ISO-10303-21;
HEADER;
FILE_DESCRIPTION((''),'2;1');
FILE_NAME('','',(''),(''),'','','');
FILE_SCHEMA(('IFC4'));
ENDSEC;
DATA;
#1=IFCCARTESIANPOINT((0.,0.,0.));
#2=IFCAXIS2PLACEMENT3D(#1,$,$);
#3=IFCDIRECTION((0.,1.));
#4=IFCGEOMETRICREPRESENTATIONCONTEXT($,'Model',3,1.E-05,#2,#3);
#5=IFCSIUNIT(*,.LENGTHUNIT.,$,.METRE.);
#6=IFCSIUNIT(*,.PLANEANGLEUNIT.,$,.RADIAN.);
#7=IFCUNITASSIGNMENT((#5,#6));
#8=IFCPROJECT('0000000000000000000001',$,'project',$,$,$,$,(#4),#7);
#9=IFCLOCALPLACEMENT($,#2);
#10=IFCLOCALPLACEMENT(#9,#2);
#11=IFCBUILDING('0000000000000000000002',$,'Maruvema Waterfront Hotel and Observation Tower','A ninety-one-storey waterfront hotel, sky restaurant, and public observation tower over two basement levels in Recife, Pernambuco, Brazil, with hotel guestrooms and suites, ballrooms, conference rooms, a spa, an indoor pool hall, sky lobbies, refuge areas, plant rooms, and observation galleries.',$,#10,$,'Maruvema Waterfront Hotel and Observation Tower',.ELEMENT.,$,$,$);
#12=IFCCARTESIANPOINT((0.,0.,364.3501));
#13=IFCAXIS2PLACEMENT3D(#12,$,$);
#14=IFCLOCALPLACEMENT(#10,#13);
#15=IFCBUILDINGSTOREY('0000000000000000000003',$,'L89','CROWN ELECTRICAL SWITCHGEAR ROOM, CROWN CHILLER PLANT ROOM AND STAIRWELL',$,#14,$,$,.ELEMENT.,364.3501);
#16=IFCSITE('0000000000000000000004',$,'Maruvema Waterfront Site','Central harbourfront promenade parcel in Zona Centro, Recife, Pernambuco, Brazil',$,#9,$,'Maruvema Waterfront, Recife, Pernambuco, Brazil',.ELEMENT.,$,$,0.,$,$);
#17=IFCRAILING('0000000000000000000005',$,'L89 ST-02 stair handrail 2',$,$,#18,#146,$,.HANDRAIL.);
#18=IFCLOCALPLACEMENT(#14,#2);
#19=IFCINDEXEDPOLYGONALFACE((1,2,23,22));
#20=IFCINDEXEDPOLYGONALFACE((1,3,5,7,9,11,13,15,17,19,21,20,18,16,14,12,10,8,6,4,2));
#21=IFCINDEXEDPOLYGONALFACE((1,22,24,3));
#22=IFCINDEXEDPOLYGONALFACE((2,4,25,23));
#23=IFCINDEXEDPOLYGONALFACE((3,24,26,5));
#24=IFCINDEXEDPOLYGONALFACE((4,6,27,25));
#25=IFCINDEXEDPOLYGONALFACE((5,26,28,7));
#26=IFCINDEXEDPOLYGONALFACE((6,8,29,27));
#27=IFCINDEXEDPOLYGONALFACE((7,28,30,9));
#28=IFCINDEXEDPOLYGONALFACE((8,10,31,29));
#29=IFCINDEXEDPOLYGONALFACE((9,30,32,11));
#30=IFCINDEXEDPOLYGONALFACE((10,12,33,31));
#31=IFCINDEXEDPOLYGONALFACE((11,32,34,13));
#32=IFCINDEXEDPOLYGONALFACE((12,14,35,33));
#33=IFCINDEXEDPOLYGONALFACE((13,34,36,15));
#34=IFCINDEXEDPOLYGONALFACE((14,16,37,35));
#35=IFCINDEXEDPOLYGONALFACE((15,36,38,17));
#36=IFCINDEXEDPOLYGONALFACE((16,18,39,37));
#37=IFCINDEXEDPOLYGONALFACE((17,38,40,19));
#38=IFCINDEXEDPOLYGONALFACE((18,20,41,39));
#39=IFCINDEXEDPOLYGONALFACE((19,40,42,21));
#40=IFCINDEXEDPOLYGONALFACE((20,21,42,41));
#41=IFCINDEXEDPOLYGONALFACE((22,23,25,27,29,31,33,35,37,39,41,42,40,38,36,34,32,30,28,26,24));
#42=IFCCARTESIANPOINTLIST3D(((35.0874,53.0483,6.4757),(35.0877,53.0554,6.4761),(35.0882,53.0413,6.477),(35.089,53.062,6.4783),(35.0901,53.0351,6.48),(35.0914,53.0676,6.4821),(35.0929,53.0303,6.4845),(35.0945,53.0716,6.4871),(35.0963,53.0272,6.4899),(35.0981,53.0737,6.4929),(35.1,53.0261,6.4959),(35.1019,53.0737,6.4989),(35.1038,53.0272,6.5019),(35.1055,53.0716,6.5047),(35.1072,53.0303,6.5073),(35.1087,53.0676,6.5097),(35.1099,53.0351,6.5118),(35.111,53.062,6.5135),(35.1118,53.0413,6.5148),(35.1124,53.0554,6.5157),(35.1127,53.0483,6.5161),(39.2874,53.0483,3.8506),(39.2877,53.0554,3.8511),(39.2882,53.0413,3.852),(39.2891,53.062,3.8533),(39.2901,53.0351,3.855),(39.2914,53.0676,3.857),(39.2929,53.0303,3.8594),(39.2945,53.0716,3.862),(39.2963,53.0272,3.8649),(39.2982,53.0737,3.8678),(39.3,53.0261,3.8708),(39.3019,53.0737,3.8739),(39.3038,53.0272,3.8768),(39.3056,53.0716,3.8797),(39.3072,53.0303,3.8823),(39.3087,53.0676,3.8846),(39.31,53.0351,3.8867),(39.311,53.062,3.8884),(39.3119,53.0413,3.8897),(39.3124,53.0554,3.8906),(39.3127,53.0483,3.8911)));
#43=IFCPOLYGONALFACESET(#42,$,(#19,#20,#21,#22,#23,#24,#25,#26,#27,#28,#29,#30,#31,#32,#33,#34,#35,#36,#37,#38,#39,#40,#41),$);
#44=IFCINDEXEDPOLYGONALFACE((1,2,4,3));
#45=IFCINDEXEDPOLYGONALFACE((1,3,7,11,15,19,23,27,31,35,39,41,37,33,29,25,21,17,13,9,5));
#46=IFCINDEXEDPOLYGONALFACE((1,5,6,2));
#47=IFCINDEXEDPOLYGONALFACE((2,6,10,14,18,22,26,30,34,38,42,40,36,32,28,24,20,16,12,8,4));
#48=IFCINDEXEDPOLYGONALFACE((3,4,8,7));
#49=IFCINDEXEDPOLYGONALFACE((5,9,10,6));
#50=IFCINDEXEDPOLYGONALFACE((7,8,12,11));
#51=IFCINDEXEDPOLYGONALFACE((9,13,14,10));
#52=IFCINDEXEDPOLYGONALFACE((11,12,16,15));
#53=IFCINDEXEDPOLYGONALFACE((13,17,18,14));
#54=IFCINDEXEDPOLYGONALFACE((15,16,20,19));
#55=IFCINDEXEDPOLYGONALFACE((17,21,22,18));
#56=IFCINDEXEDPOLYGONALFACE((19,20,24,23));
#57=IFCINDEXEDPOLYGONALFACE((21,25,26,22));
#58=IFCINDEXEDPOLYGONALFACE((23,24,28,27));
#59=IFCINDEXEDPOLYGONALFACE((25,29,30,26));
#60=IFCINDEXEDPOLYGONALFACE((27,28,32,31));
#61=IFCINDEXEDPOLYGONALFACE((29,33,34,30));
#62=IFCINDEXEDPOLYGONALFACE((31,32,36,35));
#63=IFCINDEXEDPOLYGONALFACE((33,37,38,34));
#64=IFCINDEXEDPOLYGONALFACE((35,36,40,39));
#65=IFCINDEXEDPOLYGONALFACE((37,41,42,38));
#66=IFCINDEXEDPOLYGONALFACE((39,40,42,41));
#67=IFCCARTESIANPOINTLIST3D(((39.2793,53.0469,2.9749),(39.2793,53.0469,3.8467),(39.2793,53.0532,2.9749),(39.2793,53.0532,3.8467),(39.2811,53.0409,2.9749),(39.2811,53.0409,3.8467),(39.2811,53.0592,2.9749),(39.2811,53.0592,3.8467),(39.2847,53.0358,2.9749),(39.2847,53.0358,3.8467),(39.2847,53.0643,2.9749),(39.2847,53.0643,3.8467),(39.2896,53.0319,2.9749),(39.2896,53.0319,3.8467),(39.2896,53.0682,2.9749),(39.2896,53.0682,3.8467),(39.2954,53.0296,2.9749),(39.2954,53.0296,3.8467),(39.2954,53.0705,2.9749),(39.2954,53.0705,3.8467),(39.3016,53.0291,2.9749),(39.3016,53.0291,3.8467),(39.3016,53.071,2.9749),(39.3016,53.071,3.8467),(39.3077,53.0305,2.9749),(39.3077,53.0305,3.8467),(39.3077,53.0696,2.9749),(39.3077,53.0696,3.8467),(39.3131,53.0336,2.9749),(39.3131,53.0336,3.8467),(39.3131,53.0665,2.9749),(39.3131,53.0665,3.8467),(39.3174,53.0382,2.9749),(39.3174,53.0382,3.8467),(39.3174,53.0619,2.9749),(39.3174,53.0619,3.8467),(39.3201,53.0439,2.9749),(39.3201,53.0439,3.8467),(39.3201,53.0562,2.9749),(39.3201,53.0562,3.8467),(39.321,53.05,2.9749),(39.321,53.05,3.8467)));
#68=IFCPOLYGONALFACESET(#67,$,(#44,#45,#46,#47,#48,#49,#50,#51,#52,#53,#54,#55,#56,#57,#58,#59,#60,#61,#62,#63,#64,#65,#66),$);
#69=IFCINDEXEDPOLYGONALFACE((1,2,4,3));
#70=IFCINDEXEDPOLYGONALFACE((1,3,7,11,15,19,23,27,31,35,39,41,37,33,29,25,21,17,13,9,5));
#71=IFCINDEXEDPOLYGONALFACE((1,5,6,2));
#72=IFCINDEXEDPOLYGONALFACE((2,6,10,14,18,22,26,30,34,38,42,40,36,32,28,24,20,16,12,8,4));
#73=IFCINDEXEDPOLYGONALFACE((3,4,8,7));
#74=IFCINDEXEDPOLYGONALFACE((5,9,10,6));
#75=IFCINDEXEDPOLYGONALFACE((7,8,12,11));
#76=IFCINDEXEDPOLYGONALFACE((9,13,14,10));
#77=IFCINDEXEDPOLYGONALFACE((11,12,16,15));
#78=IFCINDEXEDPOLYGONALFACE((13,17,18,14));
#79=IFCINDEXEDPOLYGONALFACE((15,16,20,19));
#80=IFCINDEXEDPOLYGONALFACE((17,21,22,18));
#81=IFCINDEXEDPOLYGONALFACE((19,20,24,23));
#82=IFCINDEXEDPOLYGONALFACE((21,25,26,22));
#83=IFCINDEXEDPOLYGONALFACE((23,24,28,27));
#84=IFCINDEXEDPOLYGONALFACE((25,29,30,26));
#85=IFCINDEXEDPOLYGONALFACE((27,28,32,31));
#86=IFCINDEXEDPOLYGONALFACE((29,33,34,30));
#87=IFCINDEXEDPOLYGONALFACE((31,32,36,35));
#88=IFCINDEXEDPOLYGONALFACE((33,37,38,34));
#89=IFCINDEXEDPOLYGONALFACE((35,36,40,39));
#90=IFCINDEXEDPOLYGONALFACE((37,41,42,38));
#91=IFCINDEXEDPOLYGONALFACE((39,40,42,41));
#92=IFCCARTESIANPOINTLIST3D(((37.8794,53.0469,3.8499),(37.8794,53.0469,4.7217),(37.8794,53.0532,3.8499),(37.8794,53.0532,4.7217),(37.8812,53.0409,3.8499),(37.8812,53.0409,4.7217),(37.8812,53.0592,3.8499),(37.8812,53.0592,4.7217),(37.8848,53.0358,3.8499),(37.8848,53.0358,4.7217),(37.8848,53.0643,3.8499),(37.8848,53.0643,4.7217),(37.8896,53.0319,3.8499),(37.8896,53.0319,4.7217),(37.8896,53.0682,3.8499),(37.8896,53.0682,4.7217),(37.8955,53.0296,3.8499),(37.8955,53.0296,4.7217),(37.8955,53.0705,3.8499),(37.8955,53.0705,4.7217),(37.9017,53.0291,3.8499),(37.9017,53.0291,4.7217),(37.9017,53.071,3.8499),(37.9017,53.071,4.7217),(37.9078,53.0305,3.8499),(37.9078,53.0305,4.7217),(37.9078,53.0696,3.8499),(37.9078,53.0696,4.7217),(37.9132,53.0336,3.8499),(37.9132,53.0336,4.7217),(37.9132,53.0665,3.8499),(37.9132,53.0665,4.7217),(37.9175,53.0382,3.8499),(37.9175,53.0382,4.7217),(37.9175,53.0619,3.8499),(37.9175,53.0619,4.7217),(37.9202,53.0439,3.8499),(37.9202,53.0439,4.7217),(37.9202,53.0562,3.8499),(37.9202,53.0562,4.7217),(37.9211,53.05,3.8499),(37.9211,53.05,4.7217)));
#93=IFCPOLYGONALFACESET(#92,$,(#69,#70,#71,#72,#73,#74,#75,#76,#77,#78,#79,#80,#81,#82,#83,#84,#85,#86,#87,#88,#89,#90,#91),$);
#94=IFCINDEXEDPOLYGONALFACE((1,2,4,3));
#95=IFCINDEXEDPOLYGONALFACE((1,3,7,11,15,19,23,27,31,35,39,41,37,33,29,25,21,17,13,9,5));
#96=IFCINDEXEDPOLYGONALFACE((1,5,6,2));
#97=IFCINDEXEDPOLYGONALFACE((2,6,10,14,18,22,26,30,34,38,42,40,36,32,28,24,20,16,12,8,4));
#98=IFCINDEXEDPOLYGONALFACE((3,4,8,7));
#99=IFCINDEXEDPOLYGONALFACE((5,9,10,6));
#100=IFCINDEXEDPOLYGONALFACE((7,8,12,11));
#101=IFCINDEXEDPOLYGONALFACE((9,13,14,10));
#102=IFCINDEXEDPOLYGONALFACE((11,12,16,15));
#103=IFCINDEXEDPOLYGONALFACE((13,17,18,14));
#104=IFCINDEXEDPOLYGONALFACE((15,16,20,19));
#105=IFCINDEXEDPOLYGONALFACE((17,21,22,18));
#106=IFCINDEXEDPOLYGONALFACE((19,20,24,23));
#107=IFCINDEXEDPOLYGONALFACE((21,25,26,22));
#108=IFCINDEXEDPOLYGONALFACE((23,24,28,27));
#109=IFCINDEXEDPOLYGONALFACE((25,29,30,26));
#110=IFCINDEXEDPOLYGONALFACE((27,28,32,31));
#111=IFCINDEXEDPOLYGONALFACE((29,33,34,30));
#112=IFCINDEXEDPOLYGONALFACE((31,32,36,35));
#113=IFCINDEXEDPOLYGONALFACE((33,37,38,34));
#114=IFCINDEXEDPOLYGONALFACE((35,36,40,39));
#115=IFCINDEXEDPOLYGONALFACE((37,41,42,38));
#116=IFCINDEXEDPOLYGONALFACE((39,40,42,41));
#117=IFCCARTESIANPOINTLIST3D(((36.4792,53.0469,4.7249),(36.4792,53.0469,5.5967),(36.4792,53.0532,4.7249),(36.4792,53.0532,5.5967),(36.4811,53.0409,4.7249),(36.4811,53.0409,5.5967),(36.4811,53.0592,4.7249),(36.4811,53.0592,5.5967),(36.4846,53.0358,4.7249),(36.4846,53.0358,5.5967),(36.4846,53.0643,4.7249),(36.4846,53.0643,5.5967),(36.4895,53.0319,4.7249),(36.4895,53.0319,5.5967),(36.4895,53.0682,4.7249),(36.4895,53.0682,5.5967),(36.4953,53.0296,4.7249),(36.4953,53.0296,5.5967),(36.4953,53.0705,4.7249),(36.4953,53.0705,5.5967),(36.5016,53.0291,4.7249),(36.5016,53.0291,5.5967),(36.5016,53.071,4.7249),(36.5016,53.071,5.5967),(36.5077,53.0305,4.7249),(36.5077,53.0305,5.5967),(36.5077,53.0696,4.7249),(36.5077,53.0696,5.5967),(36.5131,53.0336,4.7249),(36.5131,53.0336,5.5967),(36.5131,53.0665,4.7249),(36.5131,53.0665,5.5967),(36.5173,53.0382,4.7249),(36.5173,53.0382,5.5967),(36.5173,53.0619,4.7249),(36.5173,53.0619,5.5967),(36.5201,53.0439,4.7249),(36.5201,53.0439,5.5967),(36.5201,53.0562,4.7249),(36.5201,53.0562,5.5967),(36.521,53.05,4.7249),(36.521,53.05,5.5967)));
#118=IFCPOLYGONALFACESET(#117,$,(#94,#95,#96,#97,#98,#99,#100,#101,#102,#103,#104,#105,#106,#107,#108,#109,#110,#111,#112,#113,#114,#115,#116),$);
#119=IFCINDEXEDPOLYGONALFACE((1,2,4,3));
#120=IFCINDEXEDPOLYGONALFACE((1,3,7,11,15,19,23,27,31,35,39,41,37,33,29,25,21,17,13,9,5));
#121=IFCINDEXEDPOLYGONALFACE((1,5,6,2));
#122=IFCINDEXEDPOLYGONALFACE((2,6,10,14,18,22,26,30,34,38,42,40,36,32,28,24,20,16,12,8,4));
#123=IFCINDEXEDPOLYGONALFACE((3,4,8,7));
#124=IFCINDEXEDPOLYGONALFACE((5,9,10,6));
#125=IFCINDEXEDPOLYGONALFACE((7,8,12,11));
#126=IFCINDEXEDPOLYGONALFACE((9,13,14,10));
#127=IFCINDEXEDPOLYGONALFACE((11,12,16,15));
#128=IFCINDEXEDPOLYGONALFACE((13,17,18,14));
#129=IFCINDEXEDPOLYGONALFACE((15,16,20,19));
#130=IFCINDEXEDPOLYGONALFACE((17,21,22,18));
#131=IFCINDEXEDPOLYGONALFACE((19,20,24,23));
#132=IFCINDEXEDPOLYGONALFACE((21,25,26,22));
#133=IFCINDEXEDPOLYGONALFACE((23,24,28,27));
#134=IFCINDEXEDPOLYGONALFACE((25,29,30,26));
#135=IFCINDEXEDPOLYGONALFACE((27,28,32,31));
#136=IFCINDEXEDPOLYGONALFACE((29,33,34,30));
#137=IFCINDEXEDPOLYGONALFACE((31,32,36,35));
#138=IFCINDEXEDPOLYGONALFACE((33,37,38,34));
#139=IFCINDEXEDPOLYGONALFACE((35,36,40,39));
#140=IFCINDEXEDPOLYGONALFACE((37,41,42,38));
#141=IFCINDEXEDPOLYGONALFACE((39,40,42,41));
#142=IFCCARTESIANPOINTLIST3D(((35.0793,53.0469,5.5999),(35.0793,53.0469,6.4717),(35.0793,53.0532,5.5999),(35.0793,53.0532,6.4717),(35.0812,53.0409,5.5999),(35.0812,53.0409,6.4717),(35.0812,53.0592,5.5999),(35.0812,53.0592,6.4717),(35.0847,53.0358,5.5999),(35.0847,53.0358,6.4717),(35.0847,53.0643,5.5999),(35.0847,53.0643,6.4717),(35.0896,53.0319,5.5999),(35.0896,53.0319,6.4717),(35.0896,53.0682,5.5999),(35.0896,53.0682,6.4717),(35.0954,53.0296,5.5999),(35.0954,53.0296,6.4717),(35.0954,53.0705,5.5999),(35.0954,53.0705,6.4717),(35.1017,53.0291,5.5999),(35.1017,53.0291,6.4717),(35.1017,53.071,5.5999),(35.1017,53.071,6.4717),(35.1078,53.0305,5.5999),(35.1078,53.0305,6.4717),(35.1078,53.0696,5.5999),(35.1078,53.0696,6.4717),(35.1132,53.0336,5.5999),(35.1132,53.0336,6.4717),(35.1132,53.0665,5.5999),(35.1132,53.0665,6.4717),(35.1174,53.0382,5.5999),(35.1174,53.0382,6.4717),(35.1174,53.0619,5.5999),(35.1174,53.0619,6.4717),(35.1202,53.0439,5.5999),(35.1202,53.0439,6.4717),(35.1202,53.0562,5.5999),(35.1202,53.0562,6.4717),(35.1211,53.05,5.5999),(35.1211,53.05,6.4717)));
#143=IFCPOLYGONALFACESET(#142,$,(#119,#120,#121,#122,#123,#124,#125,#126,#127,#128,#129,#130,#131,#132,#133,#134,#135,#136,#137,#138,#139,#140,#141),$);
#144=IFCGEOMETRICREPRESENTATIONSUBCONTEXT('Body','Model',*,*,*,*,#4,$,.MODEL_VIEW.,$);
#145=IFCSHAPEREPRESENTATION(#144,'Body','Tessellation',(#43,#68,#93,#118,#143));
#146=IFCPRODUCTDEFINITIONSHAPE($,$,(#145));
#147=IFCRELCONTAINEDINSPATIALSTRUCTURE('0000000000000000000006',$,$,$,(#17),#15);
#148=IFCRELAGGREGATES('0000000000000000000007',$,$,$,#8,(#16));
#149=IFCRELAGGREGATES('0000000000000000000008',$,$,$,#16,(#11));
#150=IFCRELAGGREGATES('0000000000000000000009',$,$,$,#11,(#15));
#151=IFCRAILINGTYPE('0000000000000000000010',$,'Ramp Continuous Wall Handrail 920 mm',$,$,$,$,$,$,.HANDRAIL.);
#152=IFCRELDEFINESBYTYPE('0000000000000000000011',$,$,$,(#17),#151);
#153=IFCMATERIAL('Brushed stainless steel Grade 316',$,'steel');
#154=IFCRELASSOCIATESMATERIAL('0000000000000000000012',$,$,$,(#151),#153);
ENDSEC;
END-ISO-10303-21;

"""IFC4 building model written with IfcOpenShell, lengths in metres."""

from ifc_helpers import new_model, si_unit, direction, frame, origin, origin_2d, place, context, subcontext, project, spatial, circle, extrude, material, type_object, element, save


model = new_model("IFC4")

# Units and contexts
model_context = context("Model", 3, precision=1e-05, world=origin(), true_north=direction((0.0, 1.0)))
body_context = subcontext(model_context, "Body", "Model", "MODEL_VIEW")
ifc_project = project(units=[si_unit("LENGTHUNIT", "METRE"), si_unit("PLANEANGLEUNIT", "RADIAN")], contexts=[model_context])

# Site, building, storey
site_placement = place(None, origin())
site = spatial("IfcSite", under=ifc_project, at=site_placement, Name="Maruvema Waterfront Site", Description="Central harbourfront promenade parcel in Zona Centro, Recife, Pernambuco, Brazil", LongName="Maruvema Waterfront, Recife, Pernambuco, Brazil", CompositionType="ELEMENT", RefElevation=0.0)
building_placement = place(site_placement, origin())
building = spatial("IfcBuilding", under=site, at=building_placement, Name="Maruvema Waterfront Hotel and Observation Tower", Description="A ninety-one-storey waterfront hotel, sky restaurant, and public observation tower over two basement levels in Recife, Pernambuco, Brazil, with hotel guestrooms and suites, ballrooms, conference rooms, a spa, an indoor pool hall, sky lobbies, refuge areas, plant rooms, and observation galleries.", LongName="Maruvema Waterfront Hotel and Observation Tower", CompositionType="ELEMENT")
storey_placement = place(building_placement, frame((0.0, 0.0, 364.3501)))
storey = spatial("IfcBuildingStorey", under=building, at=storey_placement, Name="L89", Description="CROWN ELECTRICAL SWITCHGEAR ROOM, CROWN CHILLER PLANT ROOM AND STAIRWELL", CompositionType="ELEMENT", Elevation=364.3501)

# Railing
ifc_material_1 = material(Name="Brushed stainless steel Grade 316", Category="steel")
railing_type_1 = type_object("IfcRailingType", Name="Ramp Continuous Wall Handrail 920 mm", PredefinedType="HANDRAIL", material=ifc_material_1)
railing_1_placement = place(storey_placement, frame((39.3, 53.05, 2.9749)))
element("IfcRailing", 1, at=railing_1_placement, inside=storey, type_object=railing_type_1, Name="L89 ST-02 stair handrail 2", PredefinedType="HANDRAIL", context=body_context, shape_type="SweptSolid", body=[
    extrude(circle(Radius=0.0239, at=origin_2d()), frame((0.0, 0.0, 0.896), z_axis=(-0.847996, 0.0, 0.530003), x_axis=(0.0, -1.0, 0.0)), (0.0, 0.0, 1.0), 4.9529),
    extrude(circle(Radius=0.021, at=origin_2d()), origin(), (0.0, 0.0, 1.0), 0.8718),
    extrude(circle(Radius=0.021, at=origin_2d()), frame((-1.3999, 0.0, 0.875)), (0.0, 0.0, 1.0), 0.8718),
    extrude(circle(Radius=0.021, at=origin_2d()), frame((-2.8, 0.0, 1.75)), (0.0, 0.0, 1.0), 0.8718),
    extrude(circle(Radius=0.021, at=origin_2d()), frame((-4.2, 0.0, 2.625)), (0.0, 0.0, 1.0), 0.8718),
])

save(model, "model.ifc")
